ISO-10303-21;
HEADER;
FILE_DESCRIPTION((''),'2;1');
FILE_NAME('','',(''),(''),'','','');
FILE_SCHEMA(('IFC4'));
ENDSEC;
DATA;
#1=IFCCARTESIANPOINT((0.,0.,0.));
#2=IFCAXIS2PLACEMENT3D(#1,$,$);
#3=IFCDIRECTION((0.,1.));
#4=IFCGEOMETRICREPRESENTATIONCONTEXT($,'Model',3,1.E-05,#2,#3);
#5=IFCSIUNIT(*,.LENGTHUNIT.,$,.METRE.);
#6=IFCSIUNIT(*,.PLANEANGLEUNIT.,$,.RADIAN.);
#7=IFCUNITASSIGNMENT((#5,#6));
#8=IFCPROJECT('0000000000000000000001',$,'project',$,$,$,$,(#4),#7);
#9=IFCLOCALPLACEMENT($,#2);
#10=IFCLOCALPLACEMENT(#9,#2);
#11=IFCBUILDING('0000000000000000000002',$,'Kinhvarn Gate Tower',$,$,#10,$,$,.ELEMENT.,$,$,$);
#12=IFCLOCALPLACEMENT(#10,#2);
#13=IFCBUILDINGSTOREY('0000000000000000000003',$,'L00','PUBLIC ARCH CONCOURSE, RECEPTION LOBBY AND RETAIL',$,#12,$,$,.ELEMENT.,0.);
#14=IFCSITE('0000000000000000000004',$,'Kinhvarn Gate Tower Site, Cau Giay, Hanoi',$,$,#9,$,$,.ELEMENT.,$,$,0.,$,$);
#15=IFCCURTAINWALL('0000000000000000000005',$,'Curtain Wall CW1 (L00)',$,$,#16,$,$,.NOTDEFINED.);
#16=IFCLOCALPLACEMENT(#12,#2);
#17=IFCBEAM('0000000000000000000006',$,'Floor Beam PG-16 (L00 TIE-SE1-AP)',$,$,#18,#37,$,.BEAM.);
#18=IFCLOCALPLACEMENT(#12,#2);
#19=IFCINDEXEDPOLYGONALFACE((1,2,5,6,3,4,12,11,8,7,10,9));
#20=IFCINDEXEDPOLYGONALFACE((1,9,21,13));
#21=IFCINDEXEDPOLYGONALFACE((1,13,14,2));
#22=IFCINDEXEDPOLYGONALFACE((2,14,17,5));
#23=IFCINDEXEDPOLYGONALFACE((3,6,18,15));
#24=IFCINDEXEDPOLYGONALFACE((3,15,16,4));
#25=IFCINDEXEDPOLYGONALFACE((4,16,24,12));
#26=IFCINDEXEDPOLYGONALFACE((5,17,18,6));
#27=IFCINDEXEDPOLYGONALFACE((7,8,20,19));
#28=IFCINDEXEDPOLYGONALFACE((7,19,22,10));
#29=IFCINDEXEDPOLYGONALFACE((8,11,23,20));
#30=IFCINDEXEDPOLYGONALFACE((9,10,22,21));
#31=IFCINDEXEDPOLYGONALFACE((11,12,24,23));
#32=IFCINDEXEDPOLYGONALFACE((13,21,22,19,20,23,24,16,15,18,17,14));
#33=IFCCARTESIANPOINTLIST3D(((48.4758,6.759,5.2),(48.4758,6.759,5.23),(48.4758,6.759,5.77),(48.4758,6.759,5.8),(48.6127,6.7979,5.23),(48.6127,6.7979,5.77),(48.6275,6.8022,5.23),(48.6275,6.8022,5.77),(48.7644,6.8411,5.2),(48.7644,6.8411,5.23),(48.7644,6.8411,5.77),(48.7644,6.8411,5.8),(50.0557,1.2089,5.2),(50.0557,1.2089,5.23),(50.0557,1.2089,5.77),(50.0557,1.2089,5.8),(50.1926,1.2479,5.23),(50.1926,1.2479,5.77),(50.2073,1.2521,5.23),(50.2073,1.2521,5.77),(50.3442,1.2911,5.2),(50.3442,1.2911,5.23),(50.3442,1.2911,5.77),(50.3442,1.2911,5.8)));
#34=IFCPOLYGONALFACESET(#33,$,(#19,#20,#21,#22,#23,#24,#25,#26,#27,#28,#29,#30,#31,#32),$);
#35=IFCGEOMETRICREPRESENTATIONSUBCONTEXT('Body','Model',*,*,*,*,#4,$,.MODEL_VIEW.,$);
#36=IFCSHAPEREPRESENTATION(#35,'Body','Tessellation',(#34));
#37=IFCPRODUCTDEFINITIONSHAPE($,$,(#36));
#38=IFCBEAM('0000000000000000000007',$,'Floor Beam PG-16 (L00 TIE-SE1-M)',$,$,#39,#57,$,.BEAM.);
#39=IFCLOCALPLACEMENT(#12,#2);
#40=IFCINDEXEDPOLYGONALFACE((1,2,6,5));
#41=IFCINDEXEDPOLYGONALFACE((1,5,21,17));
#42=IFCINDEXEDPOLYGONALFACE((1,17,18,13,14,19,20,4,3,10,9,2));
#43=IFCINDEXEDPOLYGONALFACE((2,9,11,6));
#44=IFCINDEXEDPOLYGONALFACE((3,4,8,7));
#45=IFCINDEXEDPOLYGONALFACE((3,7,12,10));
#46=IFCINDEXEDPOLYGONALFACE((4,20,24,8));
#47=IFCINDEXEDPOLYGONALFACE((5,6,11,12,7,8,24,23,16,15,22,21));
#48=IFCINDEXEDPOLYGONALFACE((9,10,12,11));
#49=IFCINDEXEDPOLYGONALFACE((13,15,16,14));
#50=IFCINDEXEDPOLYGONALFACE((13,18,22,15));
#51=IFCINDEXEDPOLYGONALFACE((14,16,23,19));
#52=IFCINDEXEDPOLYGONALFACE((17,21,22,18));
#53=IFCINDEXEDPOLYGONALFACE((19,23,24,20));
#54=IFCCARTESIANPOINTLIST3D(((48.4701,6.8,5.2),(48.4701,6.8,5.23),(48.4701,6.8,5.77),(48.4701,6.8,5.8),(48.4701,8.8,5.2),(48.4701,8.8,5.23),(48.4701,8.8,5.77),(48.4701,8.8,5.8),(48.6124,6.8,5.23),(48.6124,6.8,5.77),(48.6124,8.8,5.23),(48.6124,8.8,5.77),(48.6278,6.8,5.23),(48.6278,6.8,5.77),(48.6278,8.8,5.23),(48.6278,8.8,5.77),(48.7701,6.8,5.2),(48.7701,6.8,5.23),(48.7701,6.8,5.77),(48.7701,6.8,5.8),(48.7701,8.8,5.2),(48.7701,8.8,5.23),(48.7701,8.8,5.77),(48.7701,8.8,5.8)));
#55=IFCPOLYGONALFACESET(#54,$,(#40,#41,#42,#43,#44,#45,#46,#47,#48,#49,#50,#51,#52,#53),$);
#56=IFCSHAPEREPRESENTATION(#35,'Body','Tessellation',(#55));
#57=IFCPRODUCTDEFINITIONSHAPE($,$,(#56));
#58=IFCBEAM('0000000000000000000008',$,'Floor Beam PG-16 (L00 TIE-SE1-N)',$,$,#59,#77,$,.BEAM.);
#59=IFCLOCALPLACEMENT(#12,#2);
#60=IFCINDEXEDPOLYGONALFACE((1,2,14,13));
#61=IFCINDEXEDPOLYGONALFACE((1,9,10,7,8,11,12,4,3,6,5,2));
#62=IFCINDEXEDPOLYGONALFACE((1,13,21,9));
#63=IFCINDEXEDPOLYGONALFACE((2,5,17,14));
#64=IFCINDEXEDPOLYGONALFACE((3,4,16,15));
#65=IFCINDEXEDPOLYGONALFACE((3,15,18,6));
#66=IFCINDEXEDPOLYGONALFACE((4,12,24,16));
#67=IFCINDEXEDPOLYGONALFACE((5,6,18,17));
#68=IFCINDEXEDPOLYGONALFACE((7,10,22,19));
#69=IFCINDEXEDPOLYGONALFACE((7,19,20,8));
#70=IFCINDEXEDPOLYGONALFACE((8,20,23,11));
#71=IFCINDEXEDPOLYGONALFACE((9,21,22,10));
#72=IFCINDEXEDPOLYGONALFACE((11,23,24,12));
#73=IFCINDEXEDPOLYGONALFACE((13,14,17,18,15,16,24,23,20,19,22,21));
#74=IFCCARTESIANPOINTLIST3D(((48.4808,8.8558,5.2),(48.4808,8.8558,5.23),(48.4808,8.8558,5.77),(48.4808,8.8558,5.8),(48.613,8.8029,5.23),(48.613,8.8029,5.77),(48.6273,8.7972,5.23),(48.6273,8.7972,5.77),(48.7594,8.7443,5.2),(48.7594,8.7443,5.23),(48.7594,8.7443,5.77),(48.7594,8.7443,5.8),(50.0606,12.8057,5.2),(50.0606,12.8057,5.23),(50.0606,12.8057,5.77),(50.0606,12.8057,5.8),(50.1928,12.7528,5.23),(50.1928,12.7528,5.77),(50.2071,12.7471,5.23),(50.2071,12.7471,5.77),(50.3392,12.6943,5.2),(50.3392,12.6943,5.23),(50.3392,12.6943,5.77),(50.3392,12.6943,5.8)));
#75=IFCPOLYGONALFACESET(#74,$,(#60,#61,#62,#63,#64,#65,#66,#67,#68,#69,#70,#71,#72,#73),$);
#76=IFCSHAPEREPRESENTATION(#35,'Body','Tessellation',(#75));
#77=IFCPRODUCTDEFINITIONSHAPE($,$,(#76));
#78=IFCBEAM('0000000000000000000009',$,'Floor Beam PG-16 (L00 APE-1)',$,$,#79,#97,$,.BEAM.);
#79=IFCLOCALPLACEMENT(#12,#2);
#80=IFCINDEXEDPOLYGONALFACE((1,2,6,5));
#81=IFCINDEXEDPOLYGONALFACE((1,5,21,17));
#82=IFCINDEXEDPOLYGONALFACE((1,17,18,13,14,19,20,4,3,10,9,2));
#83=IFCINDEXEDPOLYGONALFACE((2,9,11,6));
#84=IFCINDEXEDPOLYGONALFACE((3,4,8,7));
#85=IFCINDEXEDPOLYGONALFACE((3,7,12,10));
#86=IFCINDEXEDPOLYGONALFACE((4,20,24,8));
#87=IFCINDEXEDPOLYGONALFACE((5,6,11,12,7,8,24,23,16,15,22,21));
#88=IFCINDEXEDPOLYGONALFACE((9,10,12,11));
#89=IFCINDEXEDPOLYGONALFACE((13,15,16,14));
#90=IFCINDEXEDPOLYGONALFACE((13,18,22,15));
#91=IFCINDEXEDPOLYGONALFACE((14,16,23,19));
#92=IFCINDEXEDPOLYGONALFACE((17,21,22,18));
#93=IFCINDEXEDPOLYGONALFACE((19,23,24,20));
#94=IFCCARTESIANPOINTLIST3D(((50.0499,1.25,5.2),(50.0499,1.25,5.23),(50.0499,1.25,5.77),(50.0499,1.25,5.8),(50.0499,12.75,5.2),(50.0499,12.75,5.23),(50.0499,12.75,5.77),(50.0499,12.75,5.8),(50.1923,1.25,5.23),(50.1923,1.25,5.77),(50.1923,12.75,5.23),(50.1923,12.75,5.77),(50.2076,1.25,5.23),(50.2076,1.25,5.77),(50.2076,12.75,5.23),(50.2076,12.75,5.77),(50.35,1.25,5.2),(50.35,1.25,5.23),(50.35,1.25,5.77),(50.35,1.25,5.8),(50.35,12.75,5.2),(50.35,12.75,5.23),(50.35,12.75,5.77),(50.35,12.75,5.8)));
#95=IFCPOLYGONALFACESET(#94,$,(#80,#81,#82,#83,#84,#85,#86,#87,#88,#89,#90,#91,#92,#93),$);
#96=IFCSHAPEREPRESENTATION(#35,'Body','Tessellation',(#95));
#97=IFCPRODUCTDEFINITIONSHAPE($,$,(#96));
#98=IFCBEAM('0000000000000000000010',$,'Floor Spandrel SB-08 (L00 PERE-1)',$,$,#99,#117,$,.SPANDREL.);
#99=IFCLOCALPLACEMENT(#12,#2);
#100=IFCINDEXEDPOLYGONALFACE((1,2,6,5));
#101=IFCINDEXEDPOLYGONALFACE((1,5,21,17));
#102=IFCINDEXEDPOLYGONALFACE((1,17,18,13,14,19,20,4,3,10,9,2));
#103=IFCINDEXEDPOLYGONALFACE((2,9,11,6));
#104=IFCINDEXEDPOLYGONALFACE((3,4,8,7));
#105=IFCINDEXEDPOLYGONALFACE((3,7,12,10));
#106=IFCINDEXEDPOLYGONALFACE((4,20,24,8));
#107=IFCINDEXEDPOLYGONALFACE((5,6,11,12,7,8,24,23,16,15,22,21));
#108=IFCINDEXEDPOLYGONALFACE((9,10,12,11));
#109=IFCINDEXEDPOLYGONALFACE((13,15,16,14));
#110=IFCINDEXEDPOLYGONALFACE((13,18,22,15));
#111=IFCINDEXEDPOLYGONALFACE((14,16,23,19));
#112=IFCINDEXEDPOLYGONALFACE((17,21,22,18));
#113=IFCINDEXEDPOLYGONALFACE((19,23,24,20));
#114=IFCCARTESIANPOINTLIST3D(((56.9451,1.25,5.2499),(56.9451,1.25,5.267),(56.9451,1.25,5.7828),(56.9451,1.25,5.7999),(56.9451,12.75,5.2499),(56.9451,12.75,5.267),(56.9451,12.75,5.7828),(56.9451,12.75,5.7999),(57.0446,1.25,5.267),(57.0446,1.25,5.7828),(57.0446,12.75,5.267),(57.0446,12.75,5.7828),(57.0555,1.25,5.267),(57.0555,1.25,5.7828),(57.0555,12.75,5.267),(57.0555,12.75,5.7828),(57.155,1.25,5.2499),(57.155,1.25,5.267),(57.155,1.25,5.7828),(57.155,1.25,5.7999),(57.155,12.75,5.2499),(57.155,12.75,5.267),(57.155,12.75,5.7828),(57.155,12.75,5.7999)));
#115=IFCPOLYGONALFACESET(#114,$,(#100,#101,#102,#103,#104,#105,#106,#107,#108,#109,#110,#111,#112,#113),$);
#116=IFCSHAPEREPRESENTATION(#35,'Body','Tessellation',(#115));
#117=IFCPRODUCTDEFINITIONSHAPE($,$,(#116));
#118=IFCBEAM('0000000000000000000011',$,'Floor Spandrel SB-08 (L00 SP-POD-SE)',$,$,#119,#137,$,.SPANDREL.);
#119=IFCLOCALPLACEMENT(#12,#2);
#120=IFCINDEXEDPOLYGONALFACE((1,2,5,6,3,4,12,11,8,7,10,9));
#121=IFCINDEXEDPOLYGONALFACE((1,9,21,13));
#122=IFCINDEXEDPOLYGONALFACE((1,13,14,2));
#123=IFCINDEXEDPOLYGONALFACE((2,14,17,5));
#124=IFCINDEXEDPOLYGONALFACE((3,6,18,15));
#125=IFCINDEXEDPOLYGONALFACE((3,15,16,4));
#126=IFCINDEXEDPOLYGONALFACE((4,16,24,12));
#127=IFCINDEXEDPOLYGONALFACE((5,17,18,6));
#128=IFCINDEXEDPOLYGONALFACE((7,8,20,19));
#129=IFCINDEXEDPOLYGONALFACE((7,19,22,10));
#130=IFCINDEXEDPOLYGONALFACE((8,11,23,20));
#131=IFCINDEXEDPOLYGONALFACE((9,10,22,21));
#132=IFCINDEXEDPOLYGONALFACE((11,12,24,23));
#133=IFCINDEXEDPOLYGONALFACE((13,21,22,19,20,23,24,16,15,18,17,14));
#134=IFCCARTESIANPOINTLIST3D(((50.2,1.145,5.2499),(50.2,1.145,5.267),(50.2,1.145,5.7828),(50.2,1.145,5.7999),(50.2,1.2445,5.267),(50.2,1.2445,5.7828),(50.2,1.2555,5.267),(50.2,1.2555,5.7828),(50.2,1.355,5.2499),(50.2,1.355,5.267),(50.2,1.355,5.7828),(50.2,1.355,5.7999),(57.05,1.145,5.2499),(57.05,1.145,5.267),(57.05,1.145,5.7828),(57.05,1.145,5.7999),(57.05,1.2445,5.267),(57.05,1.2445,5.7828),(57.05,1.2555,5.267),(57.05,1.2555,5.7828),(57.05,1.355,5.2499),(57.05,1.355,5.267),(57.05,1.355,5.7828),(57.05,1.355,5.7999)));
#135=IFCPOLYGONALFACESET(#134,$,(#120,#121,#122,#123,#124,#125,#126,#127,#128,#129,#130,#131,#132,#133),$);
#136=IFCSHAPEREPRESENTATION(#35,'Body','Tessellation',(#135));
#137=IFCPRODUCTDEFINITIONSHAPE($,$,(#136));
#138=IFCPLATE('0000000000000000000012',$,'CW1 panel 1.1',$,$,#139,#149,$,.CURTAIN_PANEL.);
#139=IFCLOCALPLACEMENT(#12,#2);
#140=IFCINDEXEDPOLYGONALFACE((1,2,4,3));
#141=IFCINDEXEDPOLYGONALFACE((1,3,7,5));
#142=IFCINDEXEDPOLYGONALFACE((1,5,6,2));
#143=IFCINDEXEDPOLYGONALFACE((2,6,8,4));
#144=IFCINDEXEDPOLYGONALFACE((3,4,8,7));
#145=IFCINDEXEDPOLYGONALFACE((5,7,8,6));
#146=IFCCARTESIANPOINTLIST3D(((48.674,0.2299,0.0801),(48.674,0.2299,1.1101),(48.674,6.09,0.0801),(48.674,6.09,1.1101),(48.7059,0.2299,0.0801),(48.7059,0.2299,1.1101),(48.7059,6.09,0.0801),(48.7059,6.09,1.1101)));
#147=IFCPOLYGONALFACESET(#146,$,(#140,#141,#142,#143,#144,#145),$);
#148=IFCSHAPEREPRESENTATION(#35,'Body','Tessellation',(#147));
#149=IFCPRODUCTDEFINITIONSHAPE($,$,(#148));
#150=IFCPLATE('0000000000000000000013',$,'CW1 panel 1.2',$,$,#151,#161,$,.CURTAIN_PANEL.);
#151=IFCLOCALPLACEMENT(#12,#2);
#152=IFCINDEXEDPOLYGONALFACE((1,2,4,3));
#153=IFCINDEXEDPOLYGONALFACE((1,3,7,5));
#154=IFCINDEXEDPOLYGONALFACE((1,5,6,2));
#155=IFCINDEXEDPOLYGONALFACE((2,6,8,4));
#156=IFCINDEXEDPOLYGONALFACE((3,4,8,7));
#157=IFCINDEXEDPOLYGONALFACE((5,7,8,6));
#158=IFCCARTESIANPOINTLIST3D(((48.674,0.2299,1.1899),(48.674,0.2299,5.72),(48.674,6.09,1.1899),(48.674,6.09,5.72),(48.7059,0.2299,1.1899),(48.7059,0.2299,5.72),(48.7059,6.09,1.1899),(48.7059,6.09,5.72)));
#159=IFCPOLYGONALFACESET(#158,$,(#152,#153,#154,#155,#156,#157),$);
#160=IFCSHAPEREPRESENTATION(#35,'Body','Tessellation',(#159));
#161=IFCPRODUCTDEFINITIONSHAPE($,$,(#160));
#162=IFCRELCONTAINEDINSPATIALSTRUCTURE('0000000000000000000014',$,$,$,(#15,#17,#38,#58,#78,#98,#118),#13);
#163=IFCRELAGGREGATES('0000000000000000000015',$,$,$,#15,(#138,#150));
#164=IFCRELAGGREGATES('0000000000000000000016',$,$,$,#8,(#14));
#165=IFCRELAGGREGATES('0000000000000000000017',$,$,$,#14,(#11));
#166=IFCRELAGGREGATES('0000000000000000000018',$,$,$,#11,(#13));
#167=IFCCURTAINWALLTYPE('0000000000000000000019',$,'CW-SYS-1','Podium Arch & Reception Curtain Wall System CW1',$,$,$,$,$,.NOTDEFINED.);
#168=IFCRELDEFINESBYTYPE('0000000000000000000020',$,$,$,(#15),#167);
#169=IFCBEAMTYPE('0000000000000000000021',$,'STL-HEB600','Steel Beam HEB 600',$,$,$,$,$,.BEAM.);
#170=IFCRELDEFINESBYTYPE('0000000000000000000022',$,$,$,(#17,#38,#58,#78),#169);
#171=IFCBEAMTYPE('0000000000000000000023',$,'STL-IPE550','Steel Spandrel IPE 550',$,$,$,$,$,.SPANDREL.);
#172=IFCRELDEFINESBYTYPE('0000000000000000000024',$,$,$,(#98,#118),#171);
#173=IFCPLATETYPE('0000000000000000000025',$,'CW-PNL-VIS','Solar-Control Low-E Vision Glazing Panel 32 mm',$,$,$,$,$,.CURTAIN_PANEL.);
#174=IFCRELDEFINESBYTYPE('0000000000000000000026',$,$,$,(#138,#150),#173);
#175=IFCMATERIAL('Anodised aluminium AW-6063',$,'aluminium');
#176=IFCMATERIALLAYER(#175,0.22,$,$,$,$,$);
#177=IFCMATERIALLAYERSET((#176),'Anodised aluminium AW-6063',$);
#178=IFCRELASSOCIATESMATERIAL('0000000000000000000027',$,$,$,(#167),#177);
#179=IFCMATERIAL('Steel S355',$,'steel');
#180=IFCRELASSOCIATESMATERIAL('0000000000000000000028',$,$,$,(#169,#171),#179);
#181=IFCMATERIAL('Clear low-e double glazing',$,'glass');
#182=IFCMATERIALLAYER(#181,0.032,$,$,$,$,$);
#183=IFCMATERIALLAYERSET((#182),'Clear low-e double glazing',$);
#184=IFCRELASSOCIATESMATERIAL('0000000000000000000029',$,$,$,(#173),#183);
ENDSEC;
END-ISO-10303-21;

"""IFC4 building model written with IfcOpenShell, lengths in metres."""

from ifc_helpers import new_model, si_unit, direction, frame, origin, origin_2d, place, context, subcontext, project, spatial, rectangle, i_section, extrude, material, layer, layer_set, material_profile, profile_set, type_object, element, aggregate, save


model = new_model("IFC4")

# Units and contexts
model_context = context("Model", 3, precision=1e-05, world=origin(), true_north=direction((0.0, 1.0)))
body_context = subcontext(model_context, "Body", "Model", "MODEL_VIEW")
ifc_project = project(units=[si_unit("LENGTHUNIT", "METRE"), si_unit("PLANEANGLEUNIT", "RADIAN")], contexts=[model_context])

# Site, building, storey
site_placement = place(None, origin())
site = spatial("IfcSite", under=ifc_project, at=site_placement, Name="Kinhvarn Gate Tower Site, Cau Giay, Hanoi", CompositionType="ELEMENT", RefElevation=0.0)
building_placement = place(site_placement, origin())
building = spatial("IfcBuilding", under=site, at=building_placement, Name="Kinhvarn Gate Tower", CompositionType="ELEMENT")
storey_placement = place(building_placement, origin())
storey = spatial("IfcBuildingStorey", under=building, at=storey_placement, Name="L00", Description="PUBLIC ARCH CONCOURSE, RECEPTION LOBBY AND RETAIL", CompositionType="ELEMENT", Elevation=0.0)

# Shared definitions
ifc_material_1 = material(Name="Anodised aluminium AW-6063", Category="aluminium")
ifc_layer_1 = layer(ifc_material_1, 0.22)
ifc_layer_set_1 = layer_set([ifc_layer_1], Name="Anodised aluminium AW-6063")
curtain_wall_type = type_object("IfcCurtainWallType", Name="CW-SYS-1", Description="Podium Arch & Reception Curtain Wall System CW1", PredefinedType="NOTDEFINED", material=ifc_layer_set_1)

# Curtain wall
curtain_wall_1_placement = place(storey_placement, origin())
curtain_wall_1 = element("IfcCurtainWall", 1, at=curtain_wall_1_placement, inside=storey, type_object=curtain_wall_type, Name="Curtain Wall CW1 (L00)", PredefinedType="NOTDEFINED")

# Beams
ifc_material_2 = material(Name="Steel S355", Category="steel")
ifc_material_profile_1 = material_profile(ifc_material_2, i_section(OverallWidth=0.3, OverallDepth=0.6001, WebThickness=0.0154, FlangeThickness=0.03, at=origin_2d()), Name="HEB 600")
ifc_profile_set_1 = profile_set([ifc_material_profile_1], Name="Steel S355")
beam_type_1 = type_object("IfcBeamType", Name="STL-HEB600", Description="Steel Beam HEB 600", PredefinedType="BEAM", material=ifc_profile_set_1)
beam_1_placement = place(storey_placement, frame((48.6201, 6.8, 5.5), z_axis=(0.273777, -0.961793, 0.0), x_axis=(0.961793, 0.273777, 0.0)))
element("IfcBeam", 2, at=beam_1_placement, inside=storey, type_object=beam_type_1, Name="Floor Beam PG-16 (L00 TIE-SE1-AP)", PredefinedType="BEAM", context=body_context, shape_type="SweptSolid", body=[
    extrude(i_section(OverallWidth=0.3, OverallDepth=0.6001, WebThickness=0.0154, FlangeThickness=0.03, at=origin_2d()), origin(), (0.0, 0.0, 1.0), 5.7705),
])
beam_2_placement = place(storey_placement, frame((48.6201, 6.8, 5.5), z_axis=(0.0, 1.0, 0.0), x_axis=(-1.0, 0.0, 0.0)))
element("IfcBeam", 3, at=beam_2_placement, inside=storey, type_object=beam_type_1, Name="Floor Beam PG-16 (L00 TIE-SE1-M)", PredefinedType="BEAM", context=body_context, shape_type="SweptSolid", body=[
    extrude(i_section(OverallWidth=0.3, OverallDepth=0.6001, WebThickness=0.0154, FlangeThickness=0.03, at=origin_2d()), origin(), (0.0, 0.0, 1.0), 2.0),
])
beam_3_placement = place(storey_placement, frame((48.6201, 8.8, 5.5), z_axis=(0.371361, 0.928489, 0.0), x_axis=(-0.928489, 0.371361, 0.0)))
element("IfcBeam", 4, at=beam_3_placement, inside=storey, type_object=beam_type_1, Name="Floor Beam PG-16 (L00 TIE-SE1-N)", PredefinedType="BEAM", context=body_context, shape_type="SweptSolid", body=[
    extrude(i_section(OverallWidth=0.3, OverallDepth=0.6001, WebThickness=0.0154, FlangeThickness=0.03, at=origin_2d()), origin(), (0.0, 0.0, 1.0), 4.2542),
])
beam_4_placement = place(storey_placement, frame((50.2, 1.25, 5.5), z_axis=(0.0, 1.0, 0.0), x_axis=(-1.0, 0.0, 0.0)))
element("IfcBeam", 5, at=beam_4_placement, inside=storey, type_object=beam_type_1, Name="Floor Beam PG-16 (L00 APE-1)", PredefinedType="BEAM", context=body_context, shape_type="SweptSolid", body=[
    extrude(i_section(OverallWidth=0.3, OverallDepth=0.6001, WebThickness=0.0154, FlangeThickness=0.03, at=origin_2d()), origin(), (0.0, 0.0, 1.0), 11.5),
])
ifc_material_profile_2 = material_profile(ifc_material_2, i_section(OverallWidth=0.21, OverallDepth=0.55, WebThickness=0.011, FlangeThickness=0.0171, at=origin_2d()), Name="IPE 550")
ifc_profile_set_2 = profile_set([ifc_material_profile_2], Name="Steel S355")
beam_type_2 = type_object("IfcBeamType", Name="STL-IPE550", Description="Steel Spandrel IPE 550", PredefinedType="SPANDREL", material=ifc_profile_set_2)
beam_5_placement = place(storey_placement, frame((57.05, 1.25, 5.5249), z_axis=(0.0, 1.0, 0.0), x_axis=(-1.0, 0.0, 0.0)))
element("IfcBeam", 6, at=beam_5_placement, inside=storey, type_object=beam_type_2, Name="Floor Spandrel SB-08 (L00 PERE-1)", PredefinedType="SPANDREL", context=body_context, shape_type="SweptSolid", body=[
    extrude(i_section(OverallWidth=0.21, OverallDepth=0.55, WebThickness=0.011, FlangeThickness=0.0171, at=origin_2d()), origin(), (0.0, 0.0, 1.0), 11.5),
])
beam_6_placement = place(storey_placement, frame((50.2, 1.25, 5.5249), z_axis=(1.0, 0.0, 0.0), x_axis=(0.0, 1.0, 0.0)))
element("IfcBeam", 7, at=beam_6_placement, inside=storey, type_object=beam_type_2, Name="Floor Spandrel SB-08 (L00 SP-POD-SE)", PredefinedType="SPANDREL", context=body_context, shape_type="SweptSolid", body=[
    extrude(i_section(OverallWidth=0.21, OverallDepth=0.55, WebThickness=0.011, FlangeThickness=0.0171, at=origin_2d()), origin(), (0.0, 0.0, 1.0), 6.8501),
])

# Plates
ifc_material_3 = material(Name="Clear low-e double glazing", Category="glass")
ifc_layer_2 = layer(ifc_material_3, 0.032)
ifc_layer_set_2 = layer_set([ifc_layer_2], Name="Clear low-e double glazing")
plate_type = type_object("IfcPlateType", Name="CW-PNL-VIS", Description="Solar-Control Low-E Vision Glazing Panel 32 mm", PredefinedType="CURTAIN_PANEL", material=ifc_layer_set_2)
plate_1_placement = place(storey_placement, frame((48.6899, 3.1599, 0.0801), z_axis=(0.0, 0.0, 1.0), x_axis=(0.0, -1.0, 0.0)))
plate_1 = element("IfcPlate", 8, at=plate_1_placement, type_object=plate_type, Name="CW1 panel 1.1", PredefinedType="CURTAIN_PANEL", context=body_context, shape_type="SweptSolid", body=[
    extrude(rectangle(XDim=5.8601, YDim=0.032, at=origin_2d()), origin(), (0.0, 0.0, 1.0), 1.03),
])
plate_2_placement = place(storey_placement, frame((48.6899, 3.1599, 1.1899), z_axis=(0.0, 0.0, 1.0), x_axis=(0.0, -1.0, 0.0)))
plate_2 = element("IfcPlate", 9, at=plate_2_placement, type_object=plate_type, Name="CW1 panel 1.2", PredefinedType="CURTAIN_PANEL", context=body_context, shape_type="SweptSolid", body=[
    extrude(rectangle(XDim=5.8601, YDim=0.032, at=origin_2d()), origin(), (0.0, 0.0, 1.0), 4.53),
])
aggregate(curtain_wall_1, [plate_1, plate_2])

save(model, "model.ifc")
